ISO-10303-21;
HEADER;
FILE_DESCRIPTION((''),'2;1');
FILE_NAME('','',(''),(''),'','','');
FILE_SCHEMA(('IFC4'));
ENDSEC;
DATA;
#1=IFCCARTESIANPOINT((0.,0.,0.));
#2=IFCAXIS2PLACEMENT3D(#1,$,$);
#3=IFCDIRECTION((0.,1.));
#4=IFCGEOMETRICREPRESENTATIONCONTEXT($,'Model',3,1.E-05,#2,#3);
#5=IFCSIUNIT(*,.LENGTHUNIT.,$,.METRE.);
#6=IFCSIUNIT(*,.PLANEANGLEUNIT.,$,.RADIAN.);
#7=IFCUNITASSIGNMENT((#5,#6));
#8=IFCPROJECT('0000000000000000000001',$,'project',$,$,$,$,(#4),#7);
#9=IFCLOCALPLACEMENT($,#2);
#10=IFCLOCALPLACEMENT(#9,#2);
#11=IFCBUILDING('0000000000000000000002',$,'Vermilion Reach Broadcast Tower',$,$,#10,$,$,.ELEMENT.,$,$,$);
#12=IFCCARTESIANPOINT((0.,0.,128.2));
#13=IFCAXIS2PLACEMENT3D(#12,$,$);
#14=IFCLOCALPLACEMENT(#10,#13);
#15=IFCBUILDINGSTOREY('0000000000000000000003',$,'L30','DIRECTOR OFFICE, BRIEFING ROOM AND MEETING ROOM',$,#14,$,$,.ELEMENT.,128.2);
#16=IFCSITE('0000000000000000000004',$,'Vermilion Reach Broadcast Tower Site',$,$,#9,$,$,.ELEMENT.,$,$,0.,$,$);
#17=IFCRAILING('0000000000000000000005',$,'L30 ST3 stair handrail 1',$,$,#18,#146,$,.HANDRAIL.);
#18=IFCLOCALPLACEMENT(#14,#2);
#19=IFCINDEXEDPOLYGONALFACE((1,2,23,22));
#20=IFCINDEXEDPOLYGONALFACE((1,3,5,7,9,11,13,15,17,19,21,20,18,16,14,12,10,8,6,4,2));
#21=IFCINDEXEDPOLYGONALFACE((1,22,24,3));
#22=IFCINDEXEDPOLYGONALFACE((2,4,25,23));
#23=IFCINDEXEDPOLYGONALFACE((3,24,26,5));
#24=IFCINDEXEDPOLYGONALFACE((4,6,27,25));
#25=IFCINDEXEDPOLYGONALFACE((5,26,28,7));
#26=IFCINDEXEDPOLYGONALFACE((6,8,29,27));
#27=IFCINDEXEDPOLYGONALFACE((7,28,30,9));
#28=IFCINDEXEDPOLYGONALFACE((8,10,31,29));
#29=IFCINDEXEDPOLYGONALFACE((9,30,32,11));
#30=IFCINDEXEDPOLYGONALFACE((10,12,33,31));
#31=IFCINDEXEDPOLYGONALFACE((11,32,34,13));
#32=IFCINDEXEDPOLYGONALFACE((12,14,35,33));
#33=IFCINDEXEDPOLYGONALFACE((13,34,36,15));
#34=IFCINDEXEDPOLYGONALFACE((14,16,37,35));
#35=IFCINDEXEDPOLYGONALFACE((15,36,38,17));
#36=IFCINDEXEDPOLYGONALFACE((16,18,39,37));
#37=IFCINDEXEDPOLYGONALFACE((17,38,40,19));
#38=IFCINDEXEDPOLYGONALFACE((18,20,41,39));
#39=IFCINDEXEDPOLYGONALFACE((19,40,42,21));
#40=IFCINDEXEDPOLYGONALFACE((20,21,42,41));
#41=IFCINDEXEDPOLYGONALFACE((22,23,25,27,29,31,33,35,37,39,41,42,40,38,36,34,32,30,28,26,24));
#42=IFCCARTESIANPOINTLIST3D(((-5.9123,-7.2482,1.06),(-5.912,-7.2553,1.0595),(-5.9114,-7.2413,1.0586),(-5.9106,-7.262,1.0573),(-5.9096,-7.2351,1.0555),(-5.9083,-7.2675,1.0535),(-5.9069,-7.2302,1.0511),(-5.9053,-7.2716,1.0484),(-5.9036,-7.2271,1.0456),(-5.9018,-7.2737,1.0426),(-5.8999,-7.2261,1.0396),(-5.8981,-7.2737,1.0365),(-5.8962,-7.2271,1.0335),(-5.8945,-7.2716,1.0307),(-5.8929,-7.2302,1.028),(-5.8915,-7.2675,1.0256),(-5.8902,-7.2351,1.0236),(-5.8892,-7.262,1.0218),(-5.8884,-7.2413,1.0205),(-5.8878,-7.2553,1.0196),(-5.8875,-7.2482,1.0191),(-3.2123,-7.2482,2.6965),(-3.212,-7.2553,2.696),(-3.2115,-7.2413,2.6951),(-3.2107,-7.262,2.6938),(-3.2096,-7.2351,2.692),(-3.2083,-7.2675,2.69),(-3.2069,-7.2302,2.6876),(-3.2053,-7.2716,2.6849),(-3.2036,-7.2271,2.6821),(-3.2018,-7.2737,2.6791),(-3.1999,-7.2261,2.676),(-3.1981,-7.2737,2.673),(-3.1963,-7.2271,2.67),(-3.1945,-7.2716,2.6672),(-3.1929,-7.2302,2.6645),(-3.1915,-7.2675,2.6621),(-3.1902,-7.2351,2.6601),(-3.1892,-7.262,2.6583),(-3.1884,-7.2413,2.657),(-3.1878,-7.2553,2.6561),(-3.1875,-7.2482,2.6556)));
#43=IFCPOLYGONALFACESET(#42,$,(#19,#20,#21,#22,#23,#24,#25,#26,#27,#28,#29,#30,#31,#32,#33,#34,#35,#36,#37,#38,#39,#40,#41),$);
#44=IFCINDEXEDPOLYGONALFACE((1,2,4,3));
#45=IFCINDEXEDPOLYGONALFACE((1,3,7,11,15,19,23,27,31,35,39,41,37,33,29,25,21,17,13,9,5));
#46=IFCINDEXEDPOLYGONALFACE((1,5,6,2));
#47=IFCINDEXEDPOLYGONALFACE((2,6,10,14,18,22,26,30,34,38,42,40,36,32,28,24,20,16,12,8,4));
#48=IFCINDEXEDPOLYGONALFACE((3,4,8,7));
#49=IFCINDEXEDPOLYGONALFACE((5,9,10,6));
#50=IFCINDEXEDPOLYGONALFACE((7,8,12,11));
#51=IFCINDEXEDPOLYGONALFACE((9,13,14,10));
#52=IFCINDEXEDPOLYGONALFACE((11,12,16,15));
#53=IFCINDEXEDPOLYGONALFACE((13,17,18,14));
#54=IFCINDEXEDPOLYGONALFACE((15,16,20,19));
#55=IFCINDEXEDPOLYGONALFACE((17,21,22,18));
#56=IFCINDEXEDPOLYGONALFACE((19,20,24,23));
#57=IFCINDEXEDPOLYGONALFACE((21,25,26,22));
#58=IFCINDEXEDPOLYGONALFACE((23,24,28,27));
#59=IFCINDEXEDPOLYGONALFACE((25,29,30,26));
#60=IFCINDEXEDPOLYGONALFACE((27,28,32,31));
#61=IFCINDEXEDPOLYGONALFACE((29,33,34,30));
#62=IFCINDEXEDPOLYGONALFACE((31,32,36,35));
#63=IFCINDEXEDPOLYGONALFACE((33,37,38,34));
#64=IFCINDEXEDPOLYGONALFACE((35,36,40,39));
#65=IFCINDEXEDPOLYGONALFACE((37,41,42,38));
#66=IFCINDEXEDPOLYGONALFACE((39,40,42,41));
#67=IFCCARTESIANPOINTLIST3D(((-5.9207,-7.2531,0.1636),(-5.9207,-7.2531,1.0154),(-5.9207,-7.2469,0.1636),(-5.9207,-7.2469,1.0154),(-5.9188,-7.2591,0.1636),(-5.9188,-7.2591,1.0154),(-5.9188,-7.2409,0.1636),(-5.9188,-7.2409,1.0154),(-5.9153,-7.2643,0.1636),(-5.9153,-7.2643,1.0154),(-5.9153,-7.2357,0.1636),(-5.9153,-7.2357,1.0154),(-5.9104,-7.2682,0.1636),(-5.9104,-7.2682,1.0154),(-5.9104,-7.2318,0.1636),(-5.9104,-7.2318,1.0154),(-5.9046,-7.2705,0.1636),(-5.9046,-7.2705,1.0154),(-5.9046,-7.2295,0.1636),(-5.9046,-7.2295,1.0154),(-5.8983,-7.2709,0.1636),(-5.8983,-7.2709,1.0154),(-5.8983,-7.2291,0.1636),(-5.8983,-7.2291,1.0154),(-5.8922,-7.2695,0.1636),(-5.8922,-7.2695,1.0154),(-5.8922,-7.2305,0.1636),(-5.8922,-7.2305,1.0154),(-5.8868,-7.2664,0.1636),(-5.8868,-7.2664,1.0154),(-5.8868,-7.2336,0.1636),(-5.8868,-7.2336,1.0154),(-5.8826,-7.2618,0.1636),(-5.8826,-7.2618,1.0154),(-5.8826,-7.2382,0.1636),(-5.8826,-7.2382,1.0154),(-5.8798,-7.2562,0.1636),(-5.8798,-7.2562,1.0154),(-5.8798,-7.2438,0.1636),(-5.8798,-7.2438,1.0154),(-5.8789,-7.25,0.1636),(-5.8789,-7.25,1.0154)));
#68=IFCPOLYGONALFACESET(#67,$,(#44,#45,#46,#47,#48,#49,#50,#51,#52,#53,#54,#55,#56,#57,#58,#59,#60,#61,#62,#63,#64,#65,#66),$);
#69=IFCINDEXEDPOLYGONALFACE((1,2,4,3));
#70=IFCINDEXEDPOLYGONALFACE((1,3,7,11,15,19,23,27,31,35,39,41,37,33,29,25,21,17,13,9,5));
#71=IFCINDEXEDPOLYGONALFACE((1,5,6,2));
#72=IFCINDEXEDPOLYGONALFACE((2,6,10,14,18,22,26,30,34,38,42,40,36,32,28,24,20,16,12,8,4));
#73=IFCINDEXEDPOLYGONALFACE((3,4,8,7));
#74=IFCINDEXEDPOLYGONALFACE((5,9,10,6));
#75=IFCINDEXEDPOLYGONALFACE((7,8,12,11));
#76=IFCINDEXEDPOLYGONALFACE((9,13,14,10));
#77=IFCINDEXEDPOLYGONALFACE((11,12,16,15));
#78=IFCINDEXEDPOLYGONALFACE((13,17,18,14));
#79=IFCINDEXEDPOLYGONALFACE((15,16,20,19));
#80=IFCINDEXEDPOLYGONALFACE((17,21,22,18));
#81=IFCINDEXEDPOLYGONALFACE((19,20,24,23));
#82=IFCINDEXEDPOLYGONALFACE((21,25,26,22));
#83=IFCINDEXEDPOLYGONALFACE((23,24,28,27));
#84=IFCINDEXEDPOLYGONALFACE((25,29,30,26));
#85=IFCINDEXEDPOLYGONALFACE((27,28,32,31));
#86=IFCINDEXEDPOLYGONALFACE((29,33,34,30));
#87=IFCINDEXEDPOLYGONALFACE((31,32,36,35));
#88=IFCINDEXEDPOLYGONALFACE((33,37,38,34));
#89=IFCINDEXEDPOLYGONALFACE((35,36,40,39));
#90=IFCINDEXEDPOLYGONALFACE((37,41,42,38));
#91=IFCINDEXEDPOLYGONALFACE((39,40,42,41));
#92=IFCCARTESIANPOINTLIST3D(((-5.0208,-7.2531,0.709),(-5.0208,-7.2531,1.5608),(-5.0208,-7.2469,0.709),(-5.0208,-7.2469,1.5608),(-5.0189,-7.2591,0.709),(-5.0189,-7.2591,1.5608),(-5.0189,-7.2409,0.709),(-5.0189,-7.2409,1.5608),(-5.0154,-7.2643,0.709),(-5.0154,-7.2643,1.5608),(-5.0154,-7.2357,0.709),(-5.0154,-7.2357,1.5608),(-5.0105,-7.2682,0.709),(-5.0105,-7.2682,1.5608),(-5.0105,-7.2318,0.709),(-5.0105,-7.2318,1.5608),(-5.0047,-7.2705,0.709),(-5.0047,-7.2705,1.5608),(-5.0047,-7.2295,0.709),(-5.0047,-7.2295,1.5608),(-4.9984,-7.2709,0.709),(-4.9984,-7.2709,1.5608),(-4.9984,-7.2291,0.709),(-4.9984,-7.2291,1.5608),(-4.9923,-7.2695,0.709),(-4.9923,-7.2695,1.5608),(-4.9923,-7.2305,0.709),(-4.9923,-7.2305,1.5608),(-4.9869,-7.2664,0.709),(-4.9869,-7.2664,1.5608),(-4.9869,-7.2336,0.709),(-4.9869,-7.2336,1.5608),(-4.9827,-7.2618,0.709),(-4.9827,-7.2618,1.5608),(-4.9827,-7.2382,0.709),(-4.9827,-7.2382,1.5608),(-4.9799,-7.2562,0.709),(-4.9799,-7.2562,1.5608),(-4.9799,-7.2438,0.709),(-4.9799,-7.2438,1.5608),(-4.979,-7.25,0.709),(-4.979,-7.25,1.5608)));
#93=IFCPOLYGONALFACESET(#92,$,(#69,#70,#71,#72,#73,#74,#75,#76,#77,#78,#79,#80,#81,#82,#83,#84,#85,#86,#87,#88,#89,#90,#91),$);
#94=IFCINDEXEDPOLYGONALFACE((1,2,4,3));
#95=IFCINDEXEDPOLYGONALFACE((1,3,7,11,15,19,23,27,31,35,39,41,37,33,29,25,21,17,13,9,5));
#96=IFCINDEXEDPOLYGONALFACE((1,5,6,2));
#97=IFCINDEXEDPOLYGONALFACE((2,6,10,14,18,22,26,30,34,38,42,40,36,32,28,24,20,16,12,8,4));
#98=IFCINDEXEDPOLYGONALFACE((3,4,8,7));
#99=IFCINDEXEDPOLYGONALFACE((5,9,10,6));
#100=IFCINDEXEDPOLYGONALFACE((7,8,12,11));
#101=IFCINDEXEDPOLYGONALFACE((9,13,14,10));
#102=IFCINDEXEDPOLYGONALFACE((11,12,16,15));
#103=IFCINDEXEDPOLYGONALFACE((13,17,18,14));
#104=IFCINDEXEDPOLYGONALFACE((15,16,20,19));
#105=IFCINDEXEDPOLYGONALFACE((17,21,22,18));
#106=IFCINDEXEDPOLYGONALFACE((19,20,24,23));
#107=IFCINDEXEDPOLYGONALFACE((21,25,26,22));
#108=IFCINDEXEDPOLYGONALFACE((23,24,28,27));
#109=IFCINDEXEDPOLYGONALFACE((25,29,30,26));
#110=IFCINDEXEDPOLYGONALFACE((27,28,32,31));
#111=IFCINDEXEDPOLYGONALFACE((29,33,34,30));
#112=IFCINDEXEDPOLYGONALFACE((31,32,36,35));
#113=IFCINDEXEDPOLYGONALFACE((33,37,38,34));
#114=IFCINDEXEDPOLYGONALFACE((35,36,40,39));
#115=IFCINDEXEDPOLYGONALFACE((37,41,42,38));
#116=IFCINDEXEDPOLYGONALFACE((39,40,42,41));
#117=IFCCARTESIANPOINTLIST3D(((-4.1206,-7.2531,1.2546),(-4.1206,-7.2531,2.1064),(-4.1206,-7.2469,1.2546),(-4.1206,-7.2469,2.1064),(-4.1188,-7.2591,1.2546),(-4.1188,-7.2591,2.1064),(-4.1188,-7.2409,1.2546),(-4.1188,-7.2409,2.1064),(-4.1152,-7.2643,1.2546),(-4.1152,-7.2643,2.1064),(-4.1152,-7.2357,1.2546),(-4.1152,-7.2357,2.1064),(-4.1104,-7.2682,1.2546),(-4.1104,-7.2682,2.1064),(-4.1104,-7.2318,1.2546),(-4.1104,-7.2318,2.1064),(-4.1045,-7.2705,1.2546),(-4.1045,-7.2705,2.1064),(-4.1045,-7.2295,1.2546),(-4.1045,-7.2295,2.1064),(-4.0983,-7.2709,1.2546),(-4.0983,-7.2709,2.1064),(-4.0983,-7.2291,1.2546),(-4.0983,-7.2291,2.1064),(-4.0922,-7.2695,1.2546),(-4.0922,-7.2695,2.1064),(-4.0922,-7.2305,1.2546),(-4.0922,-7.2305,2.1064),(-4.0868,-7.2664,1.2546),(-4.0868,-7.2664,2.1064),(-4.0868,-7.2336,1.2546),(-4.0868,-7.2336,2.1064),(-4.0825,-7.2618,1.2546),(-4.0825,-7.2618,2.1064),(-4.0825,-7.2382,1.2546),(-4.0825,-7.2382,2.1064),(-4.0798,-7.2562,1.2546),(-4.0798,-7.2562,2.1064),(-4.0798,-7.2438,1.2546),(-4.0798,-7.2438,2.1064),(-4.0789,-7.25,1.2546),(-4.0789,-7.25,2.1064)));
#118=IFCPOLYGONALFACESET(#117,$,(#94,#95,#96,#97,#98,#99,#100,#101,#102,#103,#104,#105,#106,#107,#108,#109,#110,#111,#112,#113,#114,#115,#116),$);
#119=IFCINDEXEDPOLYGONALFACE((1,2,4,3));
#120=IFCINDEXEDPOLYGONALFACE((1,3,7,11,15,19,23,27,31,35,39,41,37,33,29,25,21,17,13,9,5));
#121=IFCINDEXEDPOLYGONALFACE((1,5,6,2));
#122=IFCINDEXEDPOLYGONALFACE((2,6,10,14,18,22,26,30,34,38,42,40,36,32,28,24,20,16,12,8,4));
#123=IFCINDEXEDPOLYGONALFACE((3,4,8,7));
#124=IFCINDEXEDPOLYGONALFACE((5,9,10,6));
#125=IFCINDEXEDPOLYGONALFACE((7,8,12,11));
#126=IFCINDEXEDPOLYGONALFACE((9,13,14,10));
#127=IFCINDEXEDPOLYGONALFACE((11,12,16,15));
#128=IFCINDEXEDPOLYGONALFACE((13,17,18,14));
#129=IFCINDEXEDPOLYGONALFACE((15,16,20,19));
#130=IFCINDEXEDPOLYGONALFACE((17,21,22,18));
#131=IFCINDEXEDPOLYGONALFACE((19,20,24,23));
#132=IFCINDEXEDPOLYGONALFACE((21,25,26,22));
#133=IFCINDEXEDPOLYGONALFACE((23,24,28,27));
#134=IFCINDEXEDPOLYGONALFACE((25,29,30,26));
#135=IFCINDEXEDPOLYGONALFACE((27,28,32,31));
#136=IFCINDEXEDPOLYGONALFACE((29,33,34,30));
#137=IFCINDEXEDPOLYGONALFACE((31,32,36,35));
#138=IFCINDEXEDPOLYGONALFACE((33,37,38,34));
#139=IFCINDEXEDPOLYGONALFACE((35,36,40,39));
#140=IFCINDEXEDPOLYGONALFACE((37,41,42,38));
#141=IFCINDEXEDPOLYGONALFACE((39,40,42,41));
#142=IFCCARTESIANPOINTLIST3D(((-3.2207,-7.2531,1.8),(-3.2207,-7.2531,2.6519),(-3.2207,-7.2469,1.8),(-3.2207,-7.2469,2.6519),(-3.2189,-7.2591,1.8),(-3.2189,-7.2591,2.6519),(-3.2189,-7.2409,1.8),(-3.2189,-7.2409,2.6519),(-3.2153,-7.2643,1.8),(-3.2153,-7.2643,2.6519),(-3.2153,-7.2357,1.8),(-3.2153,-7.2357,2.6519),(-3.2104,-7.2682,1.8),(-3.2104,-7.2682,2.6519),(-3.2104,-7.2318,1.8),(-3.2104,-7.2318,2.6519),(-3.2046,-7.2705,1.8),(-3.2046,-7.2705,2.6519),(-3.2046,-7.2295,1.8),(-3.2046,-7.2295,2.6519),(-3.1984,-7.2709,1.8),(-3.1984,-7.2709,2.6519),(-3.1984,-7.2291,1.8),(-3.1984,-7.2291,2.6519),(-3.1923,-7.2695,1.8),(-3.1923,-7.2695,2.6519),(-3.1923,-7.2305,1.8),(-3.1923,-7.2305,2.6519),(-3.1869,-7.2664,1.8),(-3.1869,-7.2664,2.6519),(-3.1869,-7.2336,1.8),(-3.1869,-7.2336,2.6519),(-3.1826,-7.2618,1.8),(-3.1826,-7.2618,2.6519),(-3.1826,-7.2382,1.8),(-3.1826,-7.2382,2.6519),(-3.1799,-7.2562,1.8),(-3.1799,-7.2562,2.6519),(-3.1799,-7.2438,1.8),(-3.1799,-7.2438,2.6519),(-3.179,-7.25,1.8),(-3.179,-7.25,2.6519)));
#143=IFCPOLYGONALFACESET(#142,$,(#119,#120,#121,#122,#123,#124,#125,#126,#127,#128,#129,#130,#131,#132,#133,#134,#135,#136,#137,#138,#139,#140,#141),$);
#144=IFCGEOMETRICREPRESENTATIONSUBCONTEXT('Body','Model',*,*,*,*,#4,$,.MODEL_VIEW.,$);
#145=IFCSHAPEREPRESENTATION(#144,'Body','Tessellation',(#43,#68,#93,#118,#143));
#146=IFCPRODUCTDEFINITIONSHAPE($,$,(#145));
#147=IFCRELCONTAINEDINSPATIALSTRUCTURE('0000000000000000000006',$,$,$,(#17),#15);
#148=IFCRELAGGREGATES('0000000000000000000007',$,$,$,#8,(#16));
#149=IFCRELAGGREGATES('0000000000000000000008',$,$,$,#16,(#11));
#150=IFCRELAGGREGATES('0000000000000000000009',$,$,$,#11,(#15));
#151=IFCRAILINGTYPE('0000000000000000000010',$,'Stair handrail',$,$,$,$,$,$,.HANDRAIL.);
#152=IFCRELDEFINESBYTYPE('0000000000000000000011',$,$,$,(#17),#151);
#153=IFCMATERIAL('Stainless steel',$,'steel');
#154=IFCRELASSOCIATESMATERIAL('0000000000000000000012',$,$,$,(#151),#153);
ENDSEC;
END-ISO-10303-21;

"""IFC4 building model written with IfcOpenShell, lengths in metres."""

from ifc_helpers import new_model, si_unit, direction, frame, origin, origin_2d, place, context, subcontext, project, spatial, circle, extrude, material, type_object, element, save


model = new_model("IFC4")

# Units and contexts
model_context = context("Model", 3, precision=1e-05, world=origin(), true_north=direction((0.0, 1.0)))
body_context = subcontext(model_context, "Body", "Model", "MODEL_VIEW")
ifc_project = project(units=[si_unit("LENGTHUNIT", "METRE"), si_unit("PLANEANGLEUNIT", "RADIAN")], contexts=[model_context])

# Site, building, storey
site_placement = place(None, origin())
site = spatial("IfcSite", under=ifc_project, at=site_placement, Name="Vermilion Reach Broadcast Tower Site", CompositionType="ELEMENT", RefElevation=0.0)
building_placement = place(site_placement, origin())
building = spatial("IfcBuilding", under=site, at=building_placement, Name="Vermilion Reach Broadcast Tower", CompositionType="ELEMENT")
storey_placement = place(building_placement, frame((0.0, 0.0, 128.2)))
storey = spatial("IfcBuildingStorey", under=building, at=storey_placement, Name="L30", Description="DIRECTOR OFFICE, BRIEFING ROOM AND MEETING ROOM", CompositionType="ELEMENT", Elevation=128.2)

# Railing
ifc_material_1 = material(Name="Stainless steel", Category="steel")
railing_type_1 = type_object("IfcRailingType", Name="Stair handrail", PredefinedType="HANDRAIL", material=ifc_material_1)
railing_1_placement = place(storey_placement, frame((-5.8999, -7.25, 0.1636)))
element("IfcRailing", 1, at=railing_1_placement, inside=storey, type_object=railing_type_1, Name="L30 ST3 stair handrail 1", PredefinedType="HANDRAIL", context=body_context, shape_type="SweptSolid", body=[
    extrude(circle(Radius=0.0239, at=origin_2d()), frame((0.0, 0.0, 0.876), z_axis=(0.855178, 0.0, 0.518334), x_axis=(0.0, 1.0, 0.0)), (0.0, 0.0, 1.0), 3.1572),
    extrude(circle(Radius=0.021, at=origin_2d()), origin(), (0.0, 0.0, 1.0), 0.8518),
    extrude(circle(Radius=0.021, at=origin_2d()), frame((0.8999, 0.0, 0.5454)), (0.0, 0.0, 1.0), 0.8518),
    extrude(circle(Radius=0.021, at=origin_2d()), frame((1.8, 0.0, 1.0911)), (0.0, 0.0, 1.0), 0.8518),
    extrude(circle(Radius=0.021, at=origin_2d()), frame((2.7, 0.0, 1.6365)), (0.0, 0.0, 1.0), 0.8518),
])

save(model, "model.ifc")
